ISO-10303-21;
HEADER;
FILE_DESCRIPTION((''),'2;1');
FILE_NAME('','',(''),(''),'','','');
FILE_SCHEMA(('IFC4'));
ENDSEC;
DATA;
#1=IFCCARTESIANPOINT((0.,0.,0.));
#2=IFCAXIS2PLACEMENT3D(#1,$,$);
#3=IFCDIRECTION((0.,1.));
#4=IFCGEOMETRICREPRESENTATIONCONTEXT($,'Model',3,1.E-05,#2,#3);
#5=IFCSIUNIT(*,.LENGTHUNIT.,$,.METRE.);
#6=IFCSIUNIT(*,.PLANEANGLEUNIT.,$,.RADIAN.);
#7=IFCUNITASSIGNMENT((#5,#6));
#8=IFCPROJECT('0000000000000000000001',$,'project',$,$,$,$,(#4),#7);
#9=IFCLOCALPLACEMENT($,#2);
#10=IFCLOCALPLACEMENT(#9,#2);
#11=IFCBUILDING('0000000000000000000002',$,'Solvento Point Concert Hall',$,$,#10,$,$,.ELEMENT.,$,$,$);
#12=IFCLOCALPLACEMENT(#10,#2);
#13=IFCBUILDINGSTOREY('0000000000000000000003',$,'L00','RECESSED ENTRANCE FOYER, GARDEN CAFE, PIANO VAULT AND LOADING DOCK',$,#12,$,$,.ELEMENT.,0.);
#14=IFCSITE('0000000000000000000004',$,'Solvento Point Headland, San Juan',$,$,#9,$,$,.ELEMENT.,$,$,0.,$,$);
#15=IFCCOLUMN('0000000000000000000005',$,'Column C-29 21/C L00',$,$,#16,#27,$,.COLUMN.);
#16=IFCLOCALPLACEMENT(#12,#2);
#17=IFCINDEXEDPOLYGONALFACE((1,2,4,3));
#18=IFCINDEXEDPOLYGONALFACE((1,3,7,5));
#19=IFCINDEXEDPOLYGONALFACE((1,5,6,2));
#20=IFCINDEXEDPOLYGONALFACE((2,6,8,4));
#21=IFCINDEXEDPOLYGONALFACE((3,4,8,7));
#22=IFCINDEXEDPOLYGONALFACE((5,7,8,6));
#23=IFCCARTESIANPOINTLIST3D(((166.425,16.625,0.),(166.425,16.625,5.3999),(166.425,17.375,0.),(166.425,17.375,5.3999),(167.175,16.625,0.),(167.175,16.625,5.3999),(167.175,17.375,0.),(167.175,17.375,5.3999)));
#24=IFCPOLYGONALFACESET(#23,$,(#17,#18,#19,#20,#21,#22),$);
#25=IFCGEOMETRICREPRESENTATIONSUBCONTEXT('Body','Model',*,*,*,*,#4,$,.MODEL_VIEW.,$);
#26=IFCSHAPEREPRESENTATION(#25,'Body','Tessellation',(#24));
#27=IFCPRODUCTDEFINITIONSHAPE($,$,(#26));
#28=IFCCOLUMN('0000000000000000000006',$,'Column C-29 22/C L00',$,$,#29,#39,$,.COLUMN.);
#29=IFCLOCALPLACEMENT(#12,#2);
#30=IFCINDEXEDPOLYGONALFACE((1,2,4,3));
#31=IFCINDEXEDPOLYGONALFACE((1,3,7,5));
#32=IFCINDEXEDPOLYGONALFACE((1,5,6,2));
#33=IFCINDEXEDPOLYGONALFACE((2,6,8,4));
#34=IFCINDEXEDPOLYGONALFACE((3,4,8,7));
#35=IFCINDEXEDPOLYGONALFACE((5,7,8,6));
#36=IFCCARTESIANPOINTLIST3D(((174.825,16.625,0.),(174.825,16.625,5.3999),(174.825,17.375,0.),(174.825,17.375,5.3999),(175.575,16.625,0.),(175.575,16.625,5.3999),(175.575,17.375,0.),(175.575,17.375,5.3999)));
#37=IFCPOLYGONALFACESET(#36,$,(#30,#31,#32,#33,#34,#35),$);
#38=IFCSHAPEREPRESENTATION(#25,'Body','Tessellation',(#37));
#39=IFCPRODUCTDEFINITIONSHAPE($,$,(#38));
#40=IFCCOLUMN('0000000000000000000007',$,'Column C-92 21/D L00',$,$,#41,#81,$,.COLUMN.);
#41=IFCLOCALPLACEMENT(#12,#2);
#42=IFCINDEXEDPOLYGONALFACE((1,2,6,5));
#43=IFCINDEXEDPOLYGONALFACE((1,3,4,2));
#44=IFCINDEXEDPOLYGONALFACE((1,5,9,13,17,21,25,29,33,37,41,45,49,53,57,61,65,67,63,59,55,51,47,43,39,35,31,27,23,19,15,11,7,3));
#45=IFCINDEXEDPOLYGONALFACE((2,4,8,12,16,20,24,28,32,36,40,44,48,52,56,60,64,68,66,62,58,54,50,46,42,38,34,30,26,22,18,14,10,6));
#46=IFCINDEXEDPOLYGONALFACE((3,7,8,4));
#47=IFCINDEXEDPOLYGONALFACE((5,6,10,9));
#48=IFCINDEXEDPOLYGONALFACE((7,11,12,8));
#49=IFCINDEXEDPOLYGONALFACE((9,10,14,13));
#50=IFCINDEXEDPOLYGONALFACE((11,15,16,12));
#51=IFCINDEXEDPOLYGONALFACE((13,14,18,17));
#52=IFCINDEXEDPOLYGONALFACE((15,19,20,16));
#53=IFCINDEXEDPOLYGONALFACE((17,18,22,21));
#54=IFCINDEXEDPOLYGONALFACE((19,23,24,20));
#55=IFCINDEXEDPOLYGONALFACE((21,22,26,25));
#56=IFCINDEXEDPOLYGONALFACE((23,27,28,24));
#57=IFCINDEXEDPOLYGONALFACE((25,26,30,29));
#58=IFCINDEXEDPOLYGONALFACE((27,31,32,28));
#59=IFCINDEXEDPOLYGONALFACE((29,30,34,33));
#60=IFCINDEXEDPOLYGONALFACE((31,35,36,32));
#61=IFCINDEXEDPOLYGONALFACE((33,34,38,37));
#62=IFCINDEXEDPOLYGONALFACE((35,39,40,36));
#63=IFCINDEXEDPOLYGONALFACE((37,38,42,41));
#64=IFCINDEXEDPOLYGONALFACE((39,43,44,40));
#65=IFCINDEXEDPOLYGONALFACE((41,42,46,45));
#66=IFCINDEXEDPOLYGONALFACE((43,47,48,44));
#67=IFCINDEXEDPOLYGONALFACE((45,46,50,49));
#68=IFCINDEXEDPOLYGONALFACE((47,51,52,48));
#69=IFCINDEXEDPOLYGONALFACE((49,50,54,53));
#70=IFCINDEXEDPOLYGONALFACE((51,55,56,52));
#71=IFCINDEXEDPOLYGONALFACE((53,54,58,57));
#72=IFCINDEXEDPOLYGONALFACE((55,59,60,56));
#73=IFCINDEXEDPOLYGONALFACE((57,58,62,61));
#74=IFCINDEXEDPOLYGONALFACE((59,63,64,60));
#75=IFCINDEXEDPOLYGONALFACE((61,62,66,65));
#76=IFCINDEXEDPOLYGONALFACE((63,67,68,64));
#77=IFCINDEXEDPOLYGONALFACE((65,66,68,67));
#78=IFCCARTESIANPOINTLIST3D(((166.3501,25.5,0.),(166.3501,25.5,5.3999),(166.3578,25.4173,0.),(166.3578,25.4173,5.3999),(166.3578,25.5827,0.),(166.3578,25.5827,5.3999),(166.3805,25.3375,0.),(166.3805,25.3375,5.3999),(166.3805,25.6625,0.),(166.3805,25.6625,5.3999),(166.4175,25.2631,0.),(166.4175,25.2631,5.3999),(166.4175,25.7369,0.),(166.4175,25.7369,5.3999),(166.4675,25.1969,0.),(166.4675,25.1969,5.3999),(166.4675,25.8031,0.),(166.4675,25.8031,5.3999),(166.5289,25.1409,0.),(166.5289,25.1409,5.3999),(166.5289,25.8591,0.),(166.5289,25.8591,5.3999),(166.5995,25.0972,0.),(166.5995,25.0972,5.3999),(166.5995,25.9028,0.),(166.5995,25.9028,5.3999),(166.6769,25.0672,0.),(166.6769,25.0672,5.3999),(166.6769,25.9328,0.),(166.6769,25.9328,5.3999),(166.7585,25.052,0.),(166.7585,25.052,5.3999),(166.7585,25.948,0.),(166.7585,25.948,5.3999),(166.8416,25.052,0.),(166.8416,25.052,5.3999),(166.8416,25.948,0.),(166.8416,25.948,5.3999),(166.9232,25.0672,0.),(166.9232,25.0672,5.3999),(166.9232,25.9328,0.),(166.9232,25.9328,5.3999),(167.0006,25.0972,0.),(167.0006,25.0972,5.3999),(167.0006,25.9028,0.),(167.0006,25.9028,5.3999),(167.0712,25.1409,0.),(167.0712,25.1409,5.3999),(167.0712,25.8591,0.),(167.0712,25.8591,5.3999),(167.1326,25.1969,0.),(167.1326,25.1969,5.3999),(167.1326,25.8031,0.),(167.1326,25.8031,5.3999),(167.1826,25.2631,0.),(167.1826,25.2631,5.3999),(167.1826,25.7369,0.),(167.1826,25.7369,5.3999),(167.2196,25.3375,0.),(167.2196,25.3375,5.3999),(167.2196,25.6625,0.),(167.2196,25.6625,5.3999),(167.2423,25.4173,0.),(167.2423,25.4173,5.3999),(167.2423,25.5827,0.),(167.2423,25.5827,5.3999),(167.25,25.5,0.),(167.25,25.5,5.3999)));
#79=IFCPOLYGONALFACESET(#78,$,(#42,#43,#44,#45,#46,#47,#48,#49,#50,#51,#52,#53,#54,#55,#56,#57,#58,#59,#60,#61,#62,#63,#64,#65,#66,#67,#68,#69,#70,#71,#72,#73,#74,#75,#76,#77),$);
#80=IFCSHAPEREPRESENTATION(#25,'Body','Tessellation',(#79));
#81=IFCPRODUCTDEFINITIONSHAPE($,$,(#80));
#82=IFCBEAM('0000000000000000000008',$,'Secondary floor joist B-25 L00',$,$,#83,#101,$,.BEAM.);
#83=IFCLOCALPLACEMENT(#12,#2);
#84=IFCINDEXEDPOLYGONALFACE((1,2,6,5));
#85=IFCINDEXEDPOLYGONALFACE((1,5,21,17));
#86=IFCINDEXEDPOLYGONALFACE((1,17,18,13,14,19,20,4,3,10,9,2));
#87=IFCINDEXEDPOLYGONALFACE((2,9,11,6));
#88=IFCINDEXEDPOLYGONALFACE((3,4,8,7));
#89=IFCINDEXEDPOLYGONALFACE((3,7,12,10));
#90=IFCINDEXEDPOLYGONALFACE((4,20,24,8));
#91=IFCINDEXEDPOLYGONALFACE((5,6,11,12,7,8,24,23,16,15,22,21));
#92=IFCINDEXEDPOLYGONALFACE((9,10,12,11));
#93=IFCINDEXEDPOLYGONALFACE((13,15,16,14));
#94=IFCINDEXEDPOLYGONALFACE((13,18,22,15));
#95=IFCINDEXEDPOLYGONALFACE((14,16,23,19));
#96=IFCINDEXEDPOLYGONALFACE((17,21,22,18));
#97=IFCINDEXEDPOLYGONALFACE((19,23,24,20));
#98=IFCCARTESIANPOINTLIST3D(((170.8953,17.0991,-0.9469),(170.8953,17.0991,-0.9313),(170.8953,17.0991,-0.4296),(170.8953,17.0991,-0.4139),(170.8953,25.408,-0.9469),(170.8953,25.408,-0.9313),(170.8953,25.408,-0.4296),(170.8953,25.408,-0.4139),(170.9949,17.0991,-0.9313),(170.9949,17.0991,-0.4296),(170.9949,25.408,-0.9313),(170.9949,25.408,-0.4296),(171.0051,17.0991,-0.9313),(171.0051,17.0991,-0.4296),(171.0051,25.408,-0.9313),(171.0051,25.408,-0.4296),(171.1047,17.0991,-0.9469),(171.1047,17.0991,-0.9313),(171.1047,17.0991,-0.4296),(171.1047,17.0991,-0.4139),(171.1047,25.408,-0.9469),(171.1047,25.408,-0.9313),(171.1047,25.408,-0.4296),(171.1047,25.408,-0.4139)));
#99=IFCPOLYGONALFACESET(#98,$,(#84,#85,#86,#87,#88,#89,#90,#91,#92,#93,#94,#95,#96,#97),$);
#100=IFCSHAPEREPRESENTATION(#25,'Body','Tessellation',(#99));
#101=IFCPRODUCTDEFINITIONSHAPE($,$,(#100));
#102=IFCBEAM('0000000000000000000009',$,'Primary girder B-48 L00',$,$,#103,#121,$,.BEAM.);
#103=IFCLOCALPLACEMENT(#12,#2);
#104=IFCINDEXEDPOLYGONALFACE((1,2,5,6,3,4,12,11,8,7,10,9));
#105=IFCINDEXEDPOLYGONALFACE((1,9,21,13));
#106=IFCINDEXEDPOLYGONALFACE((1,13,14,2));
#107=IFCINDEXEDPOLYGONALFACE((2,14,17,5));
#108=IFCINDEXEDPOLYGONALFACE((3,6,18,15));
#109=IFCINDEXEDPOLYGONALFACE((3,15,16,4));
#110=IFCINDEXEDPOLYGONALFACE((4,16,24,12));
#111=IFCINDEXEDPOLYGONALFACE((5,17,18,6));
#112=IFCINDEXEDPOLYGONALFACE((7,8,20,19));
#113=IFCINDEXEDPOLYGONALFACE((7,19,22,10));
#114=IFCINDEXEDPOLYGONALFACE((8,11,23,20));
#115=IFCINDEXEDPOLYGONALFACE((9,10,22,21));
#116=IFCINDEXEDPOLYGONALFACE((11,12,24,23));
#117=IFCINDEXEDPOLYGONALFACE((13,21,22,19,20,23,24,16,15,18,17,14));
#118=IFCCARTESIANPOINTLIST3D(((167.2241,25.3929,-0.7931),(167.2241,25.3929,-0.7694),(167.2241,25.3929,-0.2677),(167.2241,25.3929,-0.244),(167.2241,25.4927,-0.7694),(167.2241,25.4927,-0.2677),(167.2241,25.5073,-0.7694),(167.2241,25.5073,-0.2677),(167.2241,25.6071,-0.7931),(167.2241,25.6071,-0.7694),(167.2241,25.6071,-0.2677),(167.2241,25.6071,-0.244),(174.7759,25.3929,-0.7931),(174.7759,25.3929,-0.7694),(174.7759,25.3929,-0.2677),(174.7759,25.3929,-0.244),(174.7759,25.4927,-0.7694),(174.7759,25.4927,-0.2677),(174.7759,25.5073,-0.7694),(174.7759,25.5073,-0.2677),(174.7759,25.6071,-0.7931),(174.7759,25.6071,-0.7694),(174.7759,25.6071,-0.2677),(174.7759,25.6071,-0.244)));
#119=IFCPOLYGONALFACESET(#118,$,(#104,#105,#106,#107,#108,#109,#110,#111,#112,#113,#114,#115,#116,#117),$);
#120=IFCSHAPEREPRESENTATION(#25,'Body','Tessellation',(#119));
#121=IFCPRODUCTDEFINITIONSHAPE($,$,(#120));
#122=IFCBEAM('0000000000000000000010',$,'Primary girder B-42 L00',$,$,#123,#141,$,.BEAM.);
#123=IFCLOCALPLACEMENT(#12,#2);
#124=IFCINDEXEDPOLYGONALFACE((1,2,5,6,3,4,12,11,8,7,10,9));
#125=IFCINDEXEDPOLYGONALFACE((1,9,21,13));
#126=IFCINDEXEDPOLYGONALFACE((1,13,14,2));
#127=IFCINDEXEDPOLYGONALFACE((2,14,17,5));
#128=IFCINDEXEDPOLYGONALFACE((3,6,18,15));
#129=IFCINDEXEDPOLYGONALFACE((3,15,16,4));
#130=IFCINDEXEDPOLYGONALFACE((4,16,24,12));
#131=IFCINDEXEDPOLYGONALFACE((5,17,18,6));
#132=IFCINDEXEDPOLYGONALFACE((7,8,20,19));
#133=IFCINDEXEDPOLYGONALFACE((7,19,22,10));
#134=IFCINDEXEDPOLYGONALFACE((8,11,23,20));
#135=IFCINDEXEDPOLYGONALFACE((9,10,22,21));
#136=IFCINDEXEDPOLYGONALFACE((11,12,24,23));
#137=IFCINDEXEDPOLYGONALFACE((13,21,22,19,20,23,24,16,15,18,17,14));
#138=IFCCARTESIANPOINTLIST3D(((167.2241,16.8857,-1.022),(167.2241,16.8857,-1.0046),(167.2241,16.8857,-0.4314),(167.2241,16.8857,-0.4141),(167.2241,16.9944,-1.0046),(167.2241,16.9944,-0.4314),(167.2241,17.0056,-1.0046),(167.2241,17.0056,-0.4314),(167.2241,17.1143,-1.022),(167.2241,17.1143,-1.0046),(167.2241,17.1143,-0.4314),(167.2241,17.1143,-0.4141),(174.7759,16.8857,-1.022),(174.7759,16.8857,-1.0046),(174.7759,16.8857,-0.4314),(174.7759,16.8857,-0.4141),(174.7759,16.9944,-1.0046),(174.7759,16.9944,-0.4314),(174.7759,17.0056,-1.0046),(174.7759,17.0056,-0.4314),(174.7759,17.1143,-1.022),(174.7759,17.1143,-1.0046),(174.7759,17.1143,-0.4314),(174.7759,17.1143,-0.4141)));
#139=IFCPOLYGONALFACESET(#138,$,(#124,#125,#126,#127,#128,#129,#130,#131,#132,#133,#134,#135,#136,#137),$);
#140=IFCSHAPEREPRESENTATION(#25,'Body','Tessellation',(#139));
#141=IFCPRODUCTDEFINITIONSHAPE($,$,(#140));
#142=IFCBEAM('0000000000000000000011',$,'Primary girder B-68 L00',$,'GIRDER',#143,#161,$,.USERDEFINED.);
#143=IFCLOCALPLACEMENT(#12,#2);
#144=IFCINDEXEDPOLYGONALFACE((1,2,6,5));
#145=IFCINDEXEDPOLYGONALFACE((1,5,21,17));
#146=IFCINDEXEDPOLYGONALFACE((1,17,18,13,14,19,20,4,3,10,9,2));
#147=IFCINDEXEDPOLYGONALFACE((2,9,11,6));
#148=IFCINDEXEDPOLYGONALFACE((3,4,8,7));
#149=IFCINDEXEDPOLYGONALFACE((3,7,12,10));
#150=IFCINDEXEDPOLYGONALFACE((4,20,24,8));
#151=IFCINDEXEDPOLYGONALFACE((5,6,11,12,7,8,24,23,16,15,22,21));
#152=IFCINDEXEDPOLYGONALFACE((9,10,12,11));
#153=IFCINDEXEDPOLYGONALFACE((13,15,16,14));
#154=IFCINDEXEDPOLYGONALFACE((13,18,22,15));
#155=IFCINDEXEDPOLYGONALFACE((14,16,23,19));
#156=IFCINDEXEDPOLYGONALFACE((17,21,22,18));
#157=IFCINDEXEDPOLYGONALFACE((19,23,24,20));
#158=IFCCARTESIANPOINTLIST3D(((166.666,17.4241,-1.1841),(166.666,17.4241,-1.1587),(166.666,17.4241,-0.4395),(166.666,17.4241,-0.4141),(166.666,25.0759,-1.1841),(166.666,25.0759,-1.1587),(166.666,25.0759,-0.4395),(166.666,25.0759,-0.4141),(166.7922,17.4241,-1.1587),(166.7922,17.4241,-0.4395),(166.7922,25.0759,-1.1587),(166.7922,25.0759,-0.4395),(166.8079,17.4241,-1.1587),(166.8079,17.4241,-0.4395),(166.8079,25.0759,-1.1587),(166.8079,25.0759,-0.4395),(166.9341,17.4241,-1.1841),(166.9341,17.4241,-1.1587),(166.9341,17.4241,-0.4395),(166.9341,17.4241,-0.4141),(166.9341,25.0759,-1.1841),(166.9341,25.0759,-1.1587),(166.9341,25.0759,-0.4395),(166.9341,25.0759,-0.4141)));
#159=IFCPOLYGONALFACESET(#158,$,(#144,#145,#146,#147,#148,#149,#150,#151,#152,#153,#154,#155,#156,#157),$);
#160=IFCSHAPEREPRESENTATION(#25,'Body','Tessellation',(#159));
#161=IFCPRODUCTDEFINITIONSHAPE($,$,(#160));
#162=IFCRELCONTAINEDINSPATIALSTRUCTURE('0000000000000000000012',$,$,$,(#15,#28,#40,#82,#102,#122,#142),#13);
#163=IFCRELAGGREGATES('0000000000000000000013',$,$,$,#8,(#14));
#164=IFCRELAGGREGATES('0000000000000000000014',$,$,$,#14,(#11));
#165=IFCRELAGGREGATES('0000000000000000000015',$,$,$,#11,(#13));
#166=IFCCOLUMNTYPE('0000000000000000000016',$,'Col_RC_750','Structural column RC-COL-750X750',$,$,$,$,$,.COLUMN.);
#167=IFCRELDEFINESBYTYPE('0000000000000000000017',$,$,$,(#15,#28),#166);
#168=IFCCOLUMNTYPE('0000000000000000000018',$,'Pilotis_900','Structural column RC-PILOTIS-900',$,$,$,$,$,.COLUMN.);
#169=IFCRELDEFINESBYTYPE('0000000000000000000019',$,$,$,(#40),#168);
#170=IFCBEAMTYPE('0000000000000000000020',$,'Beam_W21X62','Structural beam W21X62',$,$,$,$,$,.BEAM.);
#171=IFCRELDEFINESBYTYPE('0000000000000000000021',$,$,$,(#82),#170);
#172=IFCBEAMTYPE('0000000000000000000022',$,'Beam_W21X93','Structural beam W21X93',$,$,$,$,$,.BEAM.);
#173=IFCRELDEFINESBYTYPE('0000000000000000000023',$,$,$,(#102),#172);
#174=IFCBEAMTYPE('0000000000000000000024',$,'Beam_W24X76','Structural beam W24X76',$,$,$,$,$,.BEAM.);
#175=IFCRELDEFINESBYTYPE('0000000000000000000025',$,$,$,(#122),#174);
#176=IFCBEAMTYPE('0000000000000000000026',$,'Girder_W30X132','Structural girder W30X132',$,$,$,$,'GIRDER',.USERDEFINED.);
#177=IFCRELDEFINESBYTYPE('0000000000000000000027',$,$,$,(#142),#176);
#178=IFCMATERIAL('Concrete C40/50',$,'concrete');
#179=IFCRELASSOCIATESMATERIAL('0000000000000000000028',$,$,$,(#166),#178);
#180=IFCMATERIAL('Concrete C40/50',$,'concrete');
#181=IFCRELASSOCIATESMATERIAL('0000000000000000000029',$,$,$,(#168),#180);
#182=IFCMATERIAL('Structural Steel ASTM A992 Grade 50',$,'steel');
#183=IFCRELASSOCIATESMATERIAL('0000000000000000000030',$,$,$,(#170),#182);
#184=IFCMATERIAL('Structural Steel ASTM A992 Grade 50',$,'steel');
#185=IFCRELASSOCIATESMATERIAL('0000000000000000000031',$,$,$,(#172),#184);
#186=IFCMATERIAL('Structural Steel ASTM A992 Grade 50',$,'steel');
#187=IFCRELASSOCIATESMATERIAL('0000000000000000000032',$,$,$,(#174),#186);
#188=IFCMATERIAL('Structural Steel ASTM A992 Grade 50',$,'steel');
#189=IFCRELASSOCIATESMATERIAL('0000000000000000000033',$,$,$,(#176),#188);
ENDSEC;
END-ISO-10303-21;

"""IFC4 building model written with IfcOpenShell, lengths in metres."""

from ifc_helpers import new_model, si_unit, direction, frame, origin, origin_2d, place, context, subcontext, project, spatial, rectangle, circle, i_section, extrude, material, material_profile, profile_set, type_object, element, save


model = new_model("IFC4")

# Units and contexts
model_context = context("Model", 3, precision=1e-05, world=origin(), true_north=direction((0.0, 1.0)))
body_context = subcontext(model_context, "Body", "Model", "MODEL_VIEW")
ifc_project = project(units=[si_unit("LENGTHUNIT", "METRE"), si_unit("PLANEANGLEUNIT", "RADIAN")], contexts=[model_context])

# Site, building, storey
site_placement = place(None, origin())
site = spatial("IfcSite", under=ifc_project, at=site_placement, Name="Solvento Point Headland, San Juan", CompositionType="ELEMENT", RefElevation=0.0)
building_placement = place(site_placement, origin())
building = spatial("IfcBuilding", under=site, at=building_placement, Name="Solvento Point Concert Hall", CompositionType="ELEMENT")
storey_placement = place(building_placement, origin())
storey = spatial("IfcBuildingStorey", under=building, at=storey_placement, Name="L00", Description="RECESSED ENTRANCE FOYER, GARDEN CAFE, PIANO VAULT AND LOADING DOCK", CompositionType="ELEMENT", Elevation=0.0)

# Columns
ifc_material_1 = material(Name="Concrete C40/50", Category="concrete")
ifc_material_profile_1 = material_profile(ifc_material_1, rectangle(XDim=0.75, YDim=0.75, at=origin_2d()), Name="RC-COL-750X750")
ifc_profile_set_1 = profile_set([ifc_material_profile_1], Name="Concrete C40/50")
column_type_1 = type_object("IfcColumnType", Name="Col_RC_750", Description="Structural column RC-COL-750X750", PredefinedType="COLUMN", material=ifc_profile_set_1)
for number, where, z_axis, x_axis, name in (
    (1, (166.8, 17.0, 0.0), (0.0, 0.0, 1.0), (1.0, 0.0, 0.0), "Column C-29 21/C L00"),
    (2, (175.2, 17.0, 0.0), (0.0, 0.0, 1.0), (1.0, 0.0, 0.0), "Column C-29 22/C L00"),
):
    element("IfcColumn", number, at=place(storey_placement, frame(where, z_axis=z_axis, x_axis=x_axis)), inside=storey, type_object=column_type_1, Name=name, PredefinedType="COLUMN", context=body_context, shape_type="SweptSolid", body=[
        extrude(rectangle(XDim=0.75, YDim=0.75, at=origin_2d()), origin(), (0.0, 0.0, 1.0), 5.3999),
    ])
ifc_material_2 = material(Name="Concrete C40/50", Category="concrete")
ifc_material_profile_2 = material_profile(ifc_material_2, circle(Radius=0.45, at=origin_2d()), Name="RC-PILOTIS-900")
ifc_profile_set_2 = profile_set([ifc_material_profile_2], Name="Concrete C40/50")
column_type_2 = type_object("IfcColumnType", Name="Pilotis_900", Description="Structural column RC-PILOTIS-900", PredefinedType="COLUMN", material=ifc_profile_set_2)
column_placement = place(storey_placement, frame((166.8, 25.5, 0.0), z_axis=(0.0, 0.0, 1.0), x_axis=(1.0, 0.0, 0.0)))
element("IfcColumn", 3, at=column_placement, inside=storey, type_object=column_type_2, Name="Column C-92 21/D L00", PredefinedType="COLUMN", context=body_context, shape_type="SweptSolid", body=[
    extrude(circle(Radius=0.45, at=origin_2d()), origin(), (0.0, 0.0, 1.0), 5.3999),
])

# Beams
ifc_material_3 = material(Name="Structural Steel ASTM A992 Grade 50", Category="steel")
ifc_material_profile_3 = material_profile(ifc_material_3, i_section(OverallWidth=0.2095, OverallDepth=0.533, WebThickness=0.0103, FlangeThickness=0.0156, at=origin_2d()), Name="W21X62")
ifc_profile_set_3 = profile_set([ifc_material_profile_3], Name="Structural Steel ASTM A992 Grade 50")
beam_type_1 = type_object("IfcBeamType", Name="Beam_W21X62", Description="Structural beam W21X62", PredefinedType="BEAM", material=ifc_profile_set_3)
beam_1_placement = place(storey_placement, frame((171.0, 17.0991, -0.6804), z_axis=(0.0, 1.0, 0.0), x_axis=(-1.0, 0.0, 0.0)))
element("IfcBeam", 4, at=beam_1_placement, inside=storey, type_object=beam_type_1, Name="Secondary floor joist B-25 L00", PredefinedType="BEAM", context=body_context, shape_type="SweptSolid", body=[
    extrude(i_section(OverallWidth=0.2095, OverallDepth=0.533, WebThickness=0.0103, FlangeThickness=0.0156, at=origin_2d()), origin(), (0.0, 0.0, 1.0), 8.3088),
])
ifc_material_4 = material(Name="Structural Steel ASTM A992 Grade 50", Category="steel")
ifc_material_profile_4 = material_profile(ifc_material_4, i_section(OverallWidth=0.2141, OverallDepth=0.5491, WebThickness=0.0146, FlangeThickness=0.0237, at=origin_2d()), Name="W21X93")
ifc_profile_set_4 = profile_set([ifc_material_profile_4], Name="Structural Steel ASTM A992 Grade 50")
beam_type_2 = type_object("IfcBeamType", Name="Beam_W21X93", Description="Structural beam W21X93", PredefinedType="BEAM", material=ifc_profile_set_4)
beam_2_placement = place(storey_placement, frame((167.2241, 25.5, -0.5186), z_axis=(1.0, 0.0, 0.0), x_axis=(0.0, 1.0, 0.0)))
element("IfcBeam", 5, at=beam_2_placement, inside=storey, type_object=beam_type_2, Name="Primary girder B-48 L00", PredefinedType="BEAM", context=body_context, shape_type="SweptSolid", body=[
    extrude(i_section(OverallWidth=0.2141, OverallDepth=0.5491, WebThickness=0.0146, FlangeThickness=0.0237, at=origin_2d()), origin(), (0.0, 0.0, 1.0), 7.5518),
])
ifc_material_5 = material(Name="Structural Steel ASTM A992 Grade 50", Category="steel")
ifc_material_profile_5 = material_profile(ifc_material_5, i_section(OverallWidth=0.2285, OverallDepth=0.6079, WebThickness=0.0112, FlangeThickness=0.0173, at=origin_2d()), Name="W24X76")
ifc_profile_set_5 = profile_set([ifc_material_profile_5], Name="Structural Steel ASTM A992 Grade 50")
beam_type_3 = type_object("IfcBeamType", Name="Beam_W24X76", Description="Structural beam W24X76", PredefinedType="BEAM", material=ifc_profile_set_5)
beam_3_placement = place(storey_placement, frame((167.2241, 17.0, -0.718), z_axis=(1.0, 0.0, 0.0), x_axis=(0.0, 1.0, 0.0)))
element("IfcBeam", 6, at=beam_3_placement, inside=storey, type_object=beam_type_3, Name="Primary girder B-42 L00", PredefinedType="BEAM", context=body_context, shape_type="SweptSolid", body=[
    extrude(i_section(OverallWidth=0.2285, OverallDepth=0.6079, WebThickness=0.0112, FlangeThickness=0.0173, at=origin_2d()), origin(), (0.0, 0.0, 1.0), 7.5518),
])
ifc_material_6 = material(Name="Structural Steel ASTM A992 Grade 50", Category="steel")
ifc_material_profile_6 = material_profile(ifc_material_6, i_section(OverallWidth=0.2681, OverallDepth=0.77, WebThickness=0.0156, FlangeThickness=0.0254, at=origin_2d()), Name="W30X132")
ifc_profile_set_6 = profile_set([ifc_material_profile_6], Name="Structural Steel ASTM A992 Grade 50")
beam_type_4 = type_object("IfcBeamType", Name="Girder_W30X132", Description="Structural girder W30X132", ElementType="GIRDER", PredefinedType="USERDEFINED", material=ifc_profile_set_6)
beam_4_placement = place(storey_placement, frame((166.8, 17.4241, -0.7991), z_axis=(0.0, 1.0, 0.0), x_axis=(-1.0, 0.0, 0.0)))
element("IfcBeam", 7, at=beam_4_placement, inside=storey, type_object=beam_type_4, Name="Primary girder B-68 L00", ObjectType="GIRDER", PredefinedType="USERDEFINED", context=body_context, shape_type="SweptSolid", body=[
    extrude(i_section(OverallWidth=0.2681, OverallDepth=0.77, WebThickness=0.0156, FlangeThickness=0.0254, at=origin_2d()), origin(), (0.0, 0.0, 1.0), 7.6519),
])

save(model, "model.ifc")
